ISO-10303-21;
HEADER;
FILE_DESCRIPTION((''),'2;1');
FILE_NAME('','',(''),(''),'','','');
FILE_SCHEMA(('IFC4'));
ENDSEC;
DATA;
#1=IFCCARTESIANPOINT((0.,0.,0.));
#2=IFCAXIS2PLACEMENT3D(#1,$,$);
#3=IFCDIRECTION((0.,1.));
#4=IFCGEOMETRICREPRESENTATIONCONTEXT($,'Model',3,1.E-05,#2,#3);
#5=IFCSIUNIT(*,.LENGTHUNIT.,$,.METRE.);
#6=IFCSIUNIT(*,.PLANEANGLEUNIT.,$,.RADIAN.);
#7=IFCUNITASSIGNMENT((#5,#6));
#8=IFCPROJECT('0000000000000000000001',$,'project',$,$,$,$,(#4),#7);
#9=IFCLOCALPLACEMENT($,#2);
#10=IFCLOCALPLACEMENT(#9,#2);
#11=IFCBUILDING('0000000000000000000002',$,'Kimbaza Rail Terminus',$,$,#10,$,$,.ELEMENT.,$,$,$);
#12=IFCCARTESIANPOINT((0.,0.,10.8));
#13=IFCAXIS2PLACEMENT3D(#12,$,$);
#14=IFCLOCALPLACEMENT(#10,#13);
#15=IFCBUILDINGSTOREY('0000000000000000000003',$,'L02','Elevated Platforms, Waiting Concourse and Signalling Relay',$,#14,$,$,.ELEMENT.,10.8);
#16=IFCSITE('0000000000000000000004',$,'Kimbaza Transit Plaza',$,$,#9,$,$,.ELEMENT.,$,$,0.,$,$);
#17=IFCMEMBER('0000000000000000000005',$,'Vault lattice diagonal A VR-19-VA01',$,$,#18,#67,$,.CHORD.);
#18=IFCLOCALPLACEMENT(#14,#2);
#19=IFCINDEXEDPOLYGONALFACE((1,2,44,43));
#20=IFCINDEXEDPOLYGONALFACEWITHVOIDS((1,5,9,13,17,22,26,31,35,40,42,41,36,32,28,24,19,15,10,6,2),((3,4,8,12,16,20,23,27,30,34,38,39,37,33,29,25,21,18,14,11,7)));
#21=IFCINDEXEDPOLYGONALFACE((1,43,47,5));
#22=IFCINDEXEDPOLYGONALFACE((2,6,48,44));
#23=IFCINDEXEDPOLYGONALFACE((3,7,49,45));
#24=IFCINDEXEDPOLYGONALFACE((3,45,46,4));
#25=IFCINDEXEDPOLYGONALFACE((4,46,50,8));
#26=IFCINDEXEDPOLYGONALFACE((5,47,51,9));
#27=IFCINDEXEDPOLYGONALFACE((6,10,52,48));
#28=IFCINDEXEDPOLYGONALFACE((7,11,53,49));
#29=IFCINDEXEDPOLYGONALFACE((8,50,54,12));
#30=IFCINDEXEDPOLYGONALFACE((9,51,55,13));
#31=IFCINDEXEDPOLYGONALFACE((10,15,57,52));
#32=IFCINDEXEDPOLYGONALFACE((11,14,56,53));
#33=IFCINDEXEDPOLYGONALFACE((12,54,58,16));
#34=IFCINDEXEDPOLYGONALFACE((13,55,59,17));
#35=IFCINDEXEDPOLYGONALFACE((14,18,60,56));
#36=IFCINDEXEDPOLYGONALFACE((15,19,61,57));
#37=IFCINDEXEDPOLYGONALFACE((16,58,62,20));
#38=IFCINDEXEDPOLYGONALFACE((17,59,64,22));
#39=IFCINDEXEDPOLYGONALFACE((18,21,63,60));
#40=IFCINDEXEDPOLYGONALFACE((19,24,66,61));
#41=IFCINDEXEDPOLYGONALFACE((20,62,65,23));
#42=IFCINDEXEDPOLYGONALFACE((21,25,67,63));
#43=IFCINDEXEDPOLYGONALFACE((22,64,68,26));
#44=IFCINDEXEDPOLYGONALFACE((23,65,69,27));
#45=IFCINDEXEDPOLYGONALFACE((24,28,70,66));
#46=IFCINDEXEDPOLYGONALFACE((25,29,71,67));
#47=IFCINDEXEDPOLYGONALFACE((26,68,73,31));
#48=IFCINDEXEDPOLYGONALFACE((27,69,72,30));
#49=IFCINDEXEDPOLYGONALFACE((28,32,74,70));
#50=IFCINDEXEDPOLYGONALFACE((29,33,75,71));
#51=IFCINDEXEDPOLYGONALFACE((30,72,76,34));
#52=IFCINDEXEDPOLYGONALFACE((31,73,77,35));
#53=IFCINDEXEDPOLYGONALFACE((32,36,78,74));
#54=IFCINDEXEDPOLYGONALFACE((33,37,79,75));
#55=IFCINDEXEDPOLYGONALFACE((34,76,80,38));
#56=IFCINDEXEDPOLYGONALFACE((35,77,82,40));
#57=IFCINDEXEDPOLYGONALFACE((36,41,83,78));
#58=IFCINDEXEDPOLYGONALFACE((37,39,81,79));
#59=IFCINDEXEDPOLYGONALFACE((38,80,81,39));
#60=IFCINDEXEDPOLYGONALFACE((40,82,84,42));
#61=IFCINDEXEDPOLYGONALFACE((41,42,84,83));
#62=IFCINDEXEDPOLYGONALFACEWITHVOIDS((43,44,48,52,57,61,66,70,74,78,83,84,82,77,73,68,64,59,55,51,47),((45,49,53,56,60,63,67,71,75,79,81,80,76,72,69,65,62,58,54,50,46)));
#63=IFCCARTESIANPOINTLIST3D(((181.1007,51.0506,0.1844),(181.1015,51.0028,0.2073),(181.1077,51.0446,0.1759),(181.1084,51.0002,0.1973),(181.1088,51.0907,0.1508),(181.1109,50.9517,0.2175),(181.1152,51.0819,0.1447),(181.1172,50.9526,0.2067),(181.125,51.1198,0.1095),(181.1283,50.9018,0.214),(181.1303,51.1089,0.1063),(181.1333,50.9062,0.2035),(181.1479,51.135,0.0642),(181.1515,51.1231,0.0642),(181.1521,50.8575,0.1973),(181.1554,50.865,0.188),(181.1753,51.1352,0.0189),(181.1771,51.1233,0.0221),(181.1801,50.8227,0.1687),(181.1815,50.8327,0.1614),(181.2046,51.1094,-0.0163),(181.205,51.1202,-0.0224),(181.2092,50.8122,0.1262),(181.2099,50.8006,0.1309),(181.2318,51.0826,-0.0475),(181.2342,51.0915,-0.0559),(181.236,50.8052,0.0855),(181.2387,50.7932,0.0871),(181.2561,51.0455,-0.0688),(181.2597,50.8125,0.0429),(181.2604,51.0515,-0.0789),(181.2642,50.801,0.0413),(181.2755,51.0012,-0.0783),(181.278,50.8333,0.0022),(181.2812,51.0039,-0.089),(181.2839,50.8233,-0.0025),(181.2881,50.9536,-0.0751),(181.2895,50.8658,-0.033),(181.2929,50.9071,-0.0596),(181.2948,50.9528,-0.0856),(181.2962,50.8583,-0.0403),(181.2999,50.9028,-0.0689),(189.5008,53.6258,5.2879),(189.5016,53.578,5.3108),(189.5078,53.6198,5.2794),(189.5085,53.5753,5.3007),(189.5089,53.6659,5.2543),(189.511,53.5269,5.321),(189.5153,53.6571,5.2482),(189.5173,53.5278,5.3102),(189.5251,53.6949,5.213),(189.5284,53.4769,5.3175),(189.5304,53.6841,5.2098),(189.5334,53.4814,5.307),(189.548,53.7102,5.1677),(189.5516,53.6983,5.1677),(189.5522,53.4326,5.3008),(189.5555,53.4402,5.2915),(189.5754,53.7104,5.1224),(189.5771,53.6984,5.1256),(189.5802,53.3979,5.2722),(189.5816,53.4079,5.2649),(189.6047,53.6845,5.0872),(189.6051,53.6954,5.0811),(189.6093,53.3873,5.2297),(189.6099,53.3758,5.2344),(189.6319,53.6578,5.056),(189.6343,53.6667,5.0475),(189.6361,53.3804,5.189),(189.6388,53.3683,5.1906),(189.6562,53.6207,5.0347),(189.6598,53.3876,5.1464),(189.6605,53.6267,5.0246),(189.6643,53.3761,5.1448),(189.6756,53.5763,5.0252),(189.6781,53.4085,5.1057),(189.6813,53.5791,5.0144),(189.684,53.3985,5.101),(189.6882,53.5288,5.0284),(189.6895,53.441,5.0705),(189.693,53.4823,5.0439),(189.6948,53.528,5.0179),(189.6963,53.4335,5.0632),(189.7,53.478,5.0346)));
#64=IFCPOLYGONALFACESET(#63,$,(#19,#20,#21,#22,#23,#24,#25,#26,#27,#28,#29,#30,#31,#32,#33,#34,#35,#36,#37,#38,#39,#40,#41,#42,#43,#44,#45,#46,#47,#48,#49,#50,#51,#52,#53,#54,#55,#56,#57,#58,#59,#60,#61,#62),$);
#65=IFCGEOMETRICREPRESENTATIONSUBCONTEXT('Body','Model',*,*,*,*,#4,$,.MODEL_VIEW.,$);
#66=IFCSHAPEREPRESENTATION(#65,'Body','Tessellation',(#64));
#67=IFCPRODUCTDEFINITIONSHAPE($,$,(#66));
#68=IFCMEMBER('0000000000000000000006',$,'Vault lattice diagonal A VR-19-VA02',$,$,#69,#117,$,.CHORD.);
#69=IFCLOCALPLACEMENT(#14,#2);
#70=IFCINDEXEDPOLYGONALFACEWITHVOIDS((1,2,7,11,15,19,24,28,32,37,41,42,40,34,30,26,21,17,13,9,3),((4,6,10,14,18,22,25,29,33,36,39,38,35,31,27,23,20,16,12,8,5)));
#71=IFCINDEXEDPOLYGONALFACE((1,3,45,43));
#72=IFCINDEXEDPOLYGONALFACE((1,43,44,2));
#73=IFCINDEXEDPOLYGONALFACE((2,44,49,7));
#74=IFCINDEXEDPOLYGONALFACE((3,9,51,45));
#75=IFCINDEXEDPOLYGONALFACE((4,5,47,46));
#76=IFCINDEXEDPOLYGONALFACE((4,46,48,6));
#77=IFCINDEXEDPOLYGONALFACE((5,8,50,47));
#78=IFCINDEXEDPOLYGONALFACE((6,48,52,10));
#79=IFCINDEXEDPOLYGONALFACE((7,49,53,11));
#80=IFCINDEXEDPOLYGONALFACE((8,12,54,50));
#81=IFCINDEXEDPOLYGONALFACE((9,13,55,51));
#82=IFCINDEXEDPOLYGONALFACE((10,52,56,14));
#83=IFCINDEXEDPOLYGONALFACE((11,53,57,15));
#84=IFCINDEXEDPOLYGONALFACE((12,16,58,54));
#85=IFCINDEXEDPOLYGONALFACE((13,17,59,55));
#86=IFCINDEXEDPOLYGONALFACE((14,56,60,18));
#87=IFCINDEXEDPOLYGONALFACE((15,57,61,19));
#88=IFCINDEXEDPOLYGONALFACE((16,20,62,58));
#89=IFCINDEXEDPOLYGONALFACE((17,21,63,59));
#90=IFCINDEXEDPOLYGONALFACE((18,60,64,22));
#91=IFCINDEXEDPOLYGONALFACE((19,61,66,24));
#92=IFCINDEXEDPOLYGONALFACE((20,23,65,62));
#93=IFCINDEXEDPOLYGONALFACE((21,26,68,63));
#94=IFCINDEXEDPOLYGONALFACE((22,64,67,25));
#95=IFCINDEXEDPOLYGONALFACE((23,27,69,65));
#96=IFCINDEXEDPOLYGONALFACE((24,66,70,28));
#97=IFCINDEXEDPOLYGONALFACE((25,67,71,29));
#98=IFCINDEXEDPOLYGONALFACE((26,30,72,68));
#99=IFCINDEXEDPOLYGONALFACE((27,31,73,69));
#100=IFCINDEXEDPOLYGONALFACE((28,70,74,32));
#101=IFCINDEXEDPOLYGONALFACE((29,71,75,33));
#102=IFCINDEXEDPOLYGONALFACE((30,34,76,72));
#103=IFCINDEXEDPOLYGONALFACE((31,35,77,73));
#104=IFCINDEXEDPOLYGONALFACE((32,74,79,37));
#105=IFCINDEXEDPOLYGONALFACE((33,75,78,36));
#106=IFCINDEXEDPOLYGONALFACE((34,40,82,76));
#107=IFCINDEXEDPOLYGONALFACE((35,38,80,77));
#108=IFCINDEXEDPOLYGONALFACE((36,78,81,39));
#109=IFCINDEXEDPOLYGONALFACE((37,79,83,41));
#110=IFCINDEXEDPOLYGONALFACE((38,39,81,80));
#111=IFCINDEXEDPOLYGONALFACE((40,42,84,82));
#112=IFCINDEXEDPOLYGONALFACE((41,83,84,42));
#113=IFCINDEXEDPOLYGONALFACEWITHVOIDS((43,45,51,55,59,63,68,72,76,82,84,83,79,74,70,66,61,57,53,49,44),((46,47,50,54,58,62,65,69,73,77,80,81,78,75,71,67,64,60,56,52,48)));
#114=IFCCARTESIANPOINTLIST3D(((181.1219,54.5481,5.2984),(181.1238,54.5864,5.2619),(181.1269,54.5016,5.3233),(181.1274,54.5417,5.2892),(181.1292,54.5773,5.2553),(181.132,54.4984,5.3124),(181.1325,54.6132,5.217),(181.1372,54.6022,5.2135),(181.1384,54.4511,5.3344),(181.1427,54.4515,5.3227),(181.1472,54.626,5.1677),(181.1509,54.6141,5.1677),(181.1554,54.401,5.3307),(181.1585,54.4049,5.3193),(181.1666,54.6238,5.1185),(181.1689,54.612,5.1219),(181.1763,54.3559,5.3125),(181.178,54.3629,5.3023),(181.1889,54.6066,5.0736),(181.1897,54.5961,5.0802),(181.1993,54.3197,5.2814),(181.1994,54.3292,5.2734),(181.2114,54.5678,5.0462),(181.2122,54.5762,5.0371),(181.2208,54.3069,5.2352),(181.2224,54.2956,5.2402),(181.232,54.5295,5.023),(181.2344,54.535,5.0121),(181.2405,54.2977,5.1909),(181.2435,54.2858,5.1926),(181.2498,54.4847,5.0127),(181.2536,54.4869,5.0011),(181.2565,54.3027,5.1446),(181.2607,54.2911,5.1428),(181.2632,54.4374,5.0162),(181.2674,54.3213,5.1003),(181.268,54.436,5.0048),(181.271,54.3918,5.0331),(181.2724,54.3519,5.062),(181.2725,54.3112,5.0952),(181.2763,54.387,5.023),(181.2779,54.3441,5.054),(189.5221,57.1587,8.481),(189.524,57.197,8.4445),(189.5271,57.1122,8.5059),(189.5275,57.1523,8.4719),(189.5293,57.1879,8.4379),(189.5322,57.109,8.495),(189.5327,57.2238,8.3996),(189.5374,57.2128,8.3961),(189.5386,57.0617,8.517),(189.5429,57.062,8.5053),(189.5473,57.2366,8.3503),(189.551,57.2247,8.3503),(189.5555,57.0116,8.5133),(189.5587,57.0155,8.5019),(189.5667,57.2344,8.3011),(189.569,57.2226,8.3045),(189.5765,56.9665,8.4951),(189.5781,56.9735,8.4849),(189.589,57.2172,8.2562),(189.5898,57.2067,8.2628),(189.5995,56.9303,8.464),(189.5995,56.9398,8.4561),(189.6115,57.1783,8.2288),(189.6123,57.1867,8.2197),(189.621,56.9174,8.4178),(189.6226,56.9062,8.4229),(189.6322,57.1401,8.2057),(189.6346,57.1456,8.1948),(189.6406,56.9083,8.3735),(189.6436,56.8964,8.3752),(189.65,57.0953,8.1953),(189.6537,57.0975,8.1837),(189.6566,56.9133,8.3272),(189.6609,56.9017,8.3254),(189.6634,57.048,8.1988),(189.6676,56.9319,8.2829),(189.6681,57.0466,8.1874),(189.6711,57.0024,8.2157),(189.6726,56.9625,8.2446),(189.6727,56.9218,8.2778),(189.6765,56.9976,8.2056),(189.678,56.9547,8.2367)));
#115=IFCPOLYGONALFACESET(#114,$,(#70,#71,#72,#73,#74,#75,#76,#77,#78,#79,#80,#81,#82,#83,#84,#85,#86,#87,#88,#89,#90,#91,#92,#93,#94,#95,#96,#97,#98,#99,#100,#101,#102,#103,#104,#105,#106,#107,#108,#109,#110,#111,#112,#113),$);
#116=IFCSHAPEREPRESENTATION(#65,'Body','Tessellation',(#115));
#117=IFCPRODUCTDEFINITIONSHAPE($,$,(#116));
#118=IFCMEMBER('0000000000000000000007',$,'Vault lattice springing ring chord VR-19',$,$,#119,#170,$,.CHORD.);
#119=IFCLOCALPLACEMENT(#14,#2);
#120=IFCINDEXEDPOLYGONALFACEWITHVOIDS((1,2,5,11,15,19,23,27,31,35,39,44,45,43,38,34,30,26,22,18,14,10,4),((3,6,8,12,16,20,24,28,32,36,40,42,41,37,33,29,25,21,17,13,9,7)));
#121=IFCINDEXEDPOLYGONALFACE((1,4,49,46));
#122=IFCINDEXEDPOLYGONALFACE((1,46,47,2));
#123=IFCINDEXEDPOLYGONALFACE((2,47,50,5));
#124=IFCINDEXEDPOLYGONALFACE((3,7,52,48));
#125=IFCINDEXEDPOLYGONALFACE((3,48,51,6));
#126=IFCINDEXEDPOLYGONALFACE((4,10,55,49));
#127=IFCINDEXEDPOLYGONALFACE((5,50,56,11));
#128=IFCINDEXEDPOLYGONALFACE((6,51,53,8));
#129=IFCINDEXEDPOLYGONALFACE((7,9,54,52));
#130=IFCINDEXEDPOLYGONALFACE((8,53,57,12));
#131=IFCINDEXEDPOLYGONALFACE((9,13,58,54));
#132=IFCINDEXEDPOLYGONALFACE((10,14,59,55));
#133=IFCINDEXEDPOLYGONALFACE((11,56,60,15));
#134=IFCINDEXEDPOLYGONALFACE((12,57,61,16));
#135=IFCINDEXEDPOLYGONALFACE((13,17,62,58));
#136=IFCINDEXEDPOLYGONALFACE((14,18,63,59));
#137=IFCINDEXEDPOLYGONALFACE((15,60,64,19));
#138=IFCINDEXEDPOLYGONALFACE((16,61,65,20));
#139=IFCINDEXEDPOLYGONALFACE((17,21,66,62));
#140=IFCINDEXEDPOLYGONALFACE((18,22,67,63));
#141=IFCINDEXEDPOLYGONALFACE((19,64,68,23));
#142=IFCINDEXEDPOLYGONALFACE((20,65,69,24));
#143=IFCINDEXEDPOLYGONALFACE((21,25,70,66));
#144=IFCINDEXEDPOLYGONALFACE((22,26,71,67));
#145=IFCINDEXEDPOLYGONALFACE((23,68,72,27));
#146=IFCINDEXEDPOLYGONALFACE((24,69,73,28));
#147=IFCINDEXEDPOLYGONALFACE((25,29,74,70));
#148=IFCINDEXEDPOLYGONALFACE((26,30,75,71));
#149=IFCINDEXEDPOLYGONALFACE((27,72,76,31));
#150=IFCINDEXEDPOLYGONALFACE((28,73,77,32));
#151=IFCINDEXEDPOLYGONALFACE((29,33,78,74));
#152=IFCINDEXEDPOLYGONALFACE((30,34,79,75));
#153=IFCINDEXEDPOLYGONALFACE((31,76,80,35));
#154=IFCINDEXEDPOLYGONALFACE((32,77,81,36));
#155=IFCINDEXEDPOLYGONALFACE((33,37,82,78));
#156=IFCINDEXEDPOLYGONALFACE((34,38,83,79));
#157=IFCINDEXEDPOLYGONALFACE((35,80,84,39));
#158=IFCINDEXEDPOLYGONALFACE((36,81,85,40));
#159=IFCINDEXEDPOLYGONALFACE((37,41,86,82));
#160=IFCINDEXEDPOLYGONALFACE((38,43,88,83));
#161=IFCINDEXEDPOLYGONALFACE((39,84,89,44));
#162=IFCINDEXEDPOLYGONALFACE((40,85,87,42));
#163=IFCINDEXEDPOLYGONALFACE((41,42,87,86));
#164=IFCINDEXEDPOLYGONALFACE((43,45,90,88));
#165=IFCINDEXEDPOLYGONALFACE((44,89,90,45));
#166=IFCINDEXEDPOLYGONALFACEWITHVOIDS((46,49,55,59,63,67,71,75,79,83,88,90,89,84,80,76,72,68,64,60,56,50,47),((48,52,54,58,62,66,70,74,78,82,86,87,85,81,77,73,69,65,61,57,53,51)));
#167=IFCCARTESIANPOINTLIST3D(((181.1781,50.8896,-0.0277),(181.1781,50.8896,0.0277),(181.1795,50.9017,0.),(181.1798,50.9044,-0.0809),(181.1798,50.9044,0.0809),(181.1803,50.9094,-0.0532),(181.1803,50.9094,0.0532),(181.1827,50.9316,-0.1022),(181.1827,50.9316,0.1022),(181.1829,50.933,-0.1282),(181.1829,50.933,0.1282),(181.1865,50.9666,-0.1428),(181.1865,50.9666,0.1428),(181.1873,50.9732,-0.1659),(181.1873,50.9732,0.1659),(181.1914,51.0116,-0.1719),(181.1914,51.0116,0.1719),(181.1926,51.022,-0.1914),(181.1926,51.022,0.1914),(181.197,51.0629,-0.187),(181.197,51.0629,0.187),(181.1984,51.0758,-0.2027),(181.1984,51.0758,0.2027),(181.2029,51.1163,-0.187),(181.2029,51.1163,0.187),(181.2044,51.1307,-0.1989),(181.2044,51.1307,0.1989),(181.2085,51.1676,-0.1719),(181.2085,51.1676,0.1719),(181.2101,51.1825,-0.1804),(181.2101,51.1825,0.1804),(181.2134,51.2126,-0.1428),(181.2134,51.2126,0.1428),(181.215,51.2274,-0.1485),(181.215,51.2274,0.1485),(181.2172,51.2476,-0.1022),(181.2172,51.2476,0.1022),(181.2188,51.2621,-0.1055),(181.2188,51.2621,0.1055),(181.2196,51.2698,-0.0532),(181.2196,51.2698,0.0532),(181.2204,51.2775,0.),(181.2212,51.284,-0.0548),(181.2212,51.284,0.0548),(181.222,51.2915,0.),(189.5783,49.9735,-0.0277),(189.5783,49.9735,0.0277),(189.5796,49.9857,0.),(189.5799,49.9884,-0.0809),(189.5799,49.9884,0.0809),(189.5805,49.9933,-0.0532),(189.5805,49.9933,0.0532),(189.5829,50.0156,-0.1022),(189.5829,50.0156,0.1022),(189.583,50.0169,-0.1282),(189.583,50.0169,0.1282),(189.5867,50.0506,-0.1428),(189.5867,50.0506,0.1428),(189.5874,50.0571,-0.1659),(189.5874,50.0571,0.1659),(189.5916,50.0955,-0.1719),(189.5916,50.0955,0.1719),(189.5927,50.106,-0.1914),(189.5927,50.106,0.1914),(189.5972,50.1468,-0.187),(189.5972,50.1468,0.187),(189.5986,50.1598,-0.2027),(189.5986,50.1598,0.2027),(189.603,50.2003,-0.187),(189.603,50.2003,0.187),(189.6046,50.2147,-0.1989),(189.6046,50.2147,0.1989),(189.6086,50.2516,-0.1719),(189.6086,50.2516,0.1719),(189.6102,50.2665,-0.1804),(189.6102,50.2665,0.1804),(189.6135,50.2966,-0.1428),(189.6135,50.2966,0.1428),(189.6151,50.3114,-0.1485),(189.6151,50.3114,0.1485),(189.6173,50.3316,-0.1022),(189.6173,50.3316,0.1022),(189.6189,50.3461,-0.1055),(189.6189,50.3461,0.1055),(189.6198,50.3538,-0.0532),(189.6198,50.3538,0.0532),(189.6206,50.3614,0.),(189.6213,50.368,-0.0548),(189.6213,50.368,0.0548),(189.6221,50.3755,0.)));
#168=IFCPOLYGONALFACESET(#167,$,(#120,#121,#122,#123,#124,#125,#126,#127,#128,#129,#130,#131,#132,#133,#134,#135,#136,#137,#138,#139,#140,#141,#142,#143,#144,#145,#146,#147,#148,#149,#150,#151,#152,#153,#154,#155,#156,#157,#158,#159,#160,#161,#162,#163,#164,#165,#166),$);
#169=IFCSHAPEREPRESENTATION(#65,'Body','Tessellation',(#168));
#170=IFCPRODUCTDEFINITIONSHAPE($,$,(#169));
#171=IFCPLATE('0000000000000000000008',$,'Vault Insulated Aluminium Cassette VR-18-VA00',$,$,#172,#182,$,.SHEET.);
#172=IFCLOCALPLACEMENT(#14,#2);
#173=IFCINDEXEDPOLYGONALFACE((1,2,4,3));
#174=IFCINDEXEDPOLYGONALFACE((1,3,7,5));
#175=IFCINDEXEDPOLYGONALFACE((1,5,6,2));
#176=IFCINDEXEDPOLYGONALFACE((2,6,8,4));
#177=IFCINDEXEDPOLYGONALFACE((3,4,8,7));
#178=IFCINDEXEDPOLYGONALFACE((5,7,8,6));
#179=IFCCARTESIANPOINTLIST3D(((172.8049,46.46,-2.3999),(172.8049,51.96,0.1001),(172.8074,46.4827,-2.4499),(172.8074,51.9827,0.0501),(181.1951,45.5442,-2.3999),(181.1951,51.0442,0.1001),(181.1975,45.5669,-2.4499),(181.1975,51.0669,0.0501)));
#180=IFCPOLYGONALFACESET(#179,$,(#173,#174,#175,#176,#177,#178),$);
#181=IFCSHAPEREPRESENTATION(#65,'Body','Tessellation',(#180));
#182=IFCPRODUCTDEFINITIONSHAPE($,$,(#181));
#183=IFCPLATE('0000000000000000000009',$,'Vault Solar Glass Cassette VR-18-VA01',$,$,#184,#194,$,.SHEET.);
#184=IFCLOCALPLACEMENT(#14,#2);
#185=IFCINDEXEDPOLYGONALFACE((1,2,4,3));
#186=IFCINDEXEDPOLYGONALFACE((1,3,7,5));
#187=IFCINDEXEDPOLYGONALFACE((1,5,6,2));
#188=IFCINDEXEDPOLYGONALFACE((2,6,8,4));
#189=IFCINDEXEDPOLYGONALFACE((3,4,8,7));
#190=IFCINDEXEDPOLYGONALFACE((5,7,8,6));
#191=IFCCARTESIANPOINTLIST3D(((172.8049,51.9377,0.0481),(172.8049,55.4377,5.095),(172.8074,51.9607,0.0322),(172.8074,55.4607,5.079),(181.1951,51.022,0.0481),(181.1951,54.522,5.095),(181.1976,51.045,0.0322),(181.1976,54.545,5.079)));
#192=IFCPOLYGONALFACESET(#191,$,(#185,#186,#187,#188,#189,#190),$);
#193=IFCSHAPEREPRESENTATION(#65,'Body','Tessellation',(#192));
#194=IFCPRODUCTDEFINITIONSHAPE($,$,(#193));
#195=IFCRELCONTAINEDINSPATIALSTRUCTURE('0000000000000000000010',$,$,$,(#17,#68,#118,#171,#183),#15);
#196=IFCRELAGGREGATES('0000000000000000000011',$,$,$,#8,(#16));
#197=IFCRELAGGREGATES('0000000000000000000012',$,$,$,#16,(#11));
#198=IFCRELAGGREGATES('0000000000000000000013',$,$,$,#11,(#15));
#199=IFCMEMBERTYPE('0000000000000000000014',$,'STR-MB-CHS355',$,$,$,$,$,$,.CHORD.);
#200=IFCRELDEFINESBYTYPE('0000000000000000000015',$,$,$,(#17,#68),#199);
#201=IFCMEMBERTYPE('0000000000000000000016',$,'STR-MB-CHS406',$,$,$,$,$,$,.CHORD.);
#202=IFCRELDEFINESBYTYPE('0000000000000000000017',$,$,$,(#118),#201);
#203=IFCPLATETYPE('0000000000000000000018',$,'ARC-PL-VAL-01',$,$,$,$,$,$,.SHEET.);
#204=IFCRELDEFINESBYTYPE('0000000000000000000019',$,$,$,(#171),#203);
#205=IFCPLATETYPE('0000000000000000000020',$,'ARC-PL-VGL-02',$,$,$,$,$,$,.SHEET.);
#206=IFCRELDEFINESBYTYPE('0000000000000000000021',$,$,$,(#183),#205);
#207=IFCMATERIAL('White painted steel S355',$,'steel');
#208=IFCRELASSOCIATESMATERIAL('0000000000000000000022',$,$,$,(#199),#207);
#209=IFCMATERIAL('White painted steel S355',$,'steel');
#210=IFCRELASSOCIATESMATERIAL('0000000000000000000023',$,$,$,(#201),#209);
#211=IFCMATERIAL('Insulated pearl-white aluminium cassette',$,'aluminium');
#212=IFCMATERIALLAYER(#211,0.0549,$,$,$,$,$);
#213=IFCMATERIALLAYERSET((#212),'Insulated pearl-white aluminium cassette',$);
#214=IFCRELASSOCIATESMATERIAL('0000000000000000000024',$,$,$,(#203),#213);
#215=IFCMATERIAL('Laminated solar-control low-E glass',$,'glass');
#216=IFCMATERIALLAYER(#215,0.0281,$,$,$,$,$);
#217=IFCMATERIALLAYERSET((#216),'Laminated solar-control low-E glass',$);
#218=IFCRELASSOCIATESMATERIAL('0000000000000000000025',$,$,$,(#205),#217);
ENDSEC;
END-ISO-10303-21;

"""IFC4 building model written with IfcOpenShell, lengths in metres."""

from ifc_helpers import new_model, si_unit, direction, frame, origin, origin_2d, place, context, subcontext, project, spatial, polyline, hollow_circle, outline, extrude, material, layer, layer_set, material_profile, profile_set, type_object, element, save


model = new_model("IFC4")

# Units and contexts
model_context = context("Model", 3, precision=1e-05, world=origin(), true_north=direction((0.0, 1.0)))
body_context = subcontext(model_context, "Body", "Model", "MODEL_VIEW")
ifc_project = project(units=[si_unit("LENGTHUNIT", "METRE"), si_unit("PLANEANGLEUNIT", "RADIAN")], contexts=[model_context])

# Site, building, storey
site_placement = place(None, origin())
site = spatial("IfcSite", under=ifc_project, at=site_placement, Name="Kimbaza Transit Plaza", CompositionType="ELEMENT", RefElevation=0.0)
building_placement = place(site_placement, origin())
building = spatial("IfcBuilding", under=site, at=building_placement, Name="Kimbaza Rail Terminus", CompositionType="ELEMENT")
storey_placement = place(building_placement, frame((0.0, 0.0, 10.8)))
storey = spatial("IfcBuildingStorey", under=building, at=storey_placement, Name="L02", Description="Elevated Platforms, Waiting Concourse and Signalling Relay", CompositionType="ELEMENT", Elevation=10.8)

# Members
ifc_material_1 = material(Name="White painted steel S355", Category="steel")
ifc_material_profile_1 = material_profile(ifc_material_1, hollow_circle(Radius=0.1777, WallThickness=0.0125, at=origin_2d()), Name="CHS 355.6x12.5")
ifc_profile_set_1 = profile_set([ifc_material_profile_1], Name="White painted steel S355")
member_type_1 = type_object("IfcMemberType", Name="STR-MB-CHS355", PredefinedType="CHORD", material=ifc_profile_set_1)
member_1_placement = place(storey_placement, frame((181.2, 50.9651, 0.0642), z_axis=(0.826729, 0.253446, 0.50228), x_axis=(-0.293102, 0.956081, 0.0)))
element("IfcMember", 1, at=member_1_placement, inside=storey, type_object=member_type_1, Name="Vault lattice diagonal A VR-19-VA01", PredefinedType="CHORD", context=body_context, shape_type="SweptSolid", body=[
    extrude(hollow_circle(Radius=0.1777, WallThickness=0.0125, at=origin_2d()), origin(), (0.0, 0.0, 1.0), 10.1606),
])
member_2_placement = place(storey_placement, frame((181.2, 54.4563, 5.1677), z_axis=(0.897979, 0.279074, 0.340223), x_axis=(-0.296778, 0.954946, 0.0)))
element("IfcMember", 2, at=member_2_placement, inside=storey, type_object=member_type_1, Name="Vault lattice diagonal A VR-19-VA02", PredefinedType="CHORD", context=body_context, shape_type="SweptSolid", body=[
    extrude(hollow_circle(Radius=0.1777, WallThickness=0.0125, at=origin_2d()), origin(), (0.0, 0.0, 1.0), 9.3545),
])
ifc_material_2 = material(Name="White painted steel S355", Category="steel")
ifc_material_profile_2 = material_profile(ifc_material_2, hollow_circle(Radius=0.2031, WallThickness=0.0142, at=origin_2d()), Name="CHS 406.4x14.2")
ifc_profile_set_2 = profile_set([ifc_material_profile_2], Name="White painted steel S355")
member_type_2 = type_object("IfcMemberType", Name="STR-MB-CHS406", PredefinedType="CHORD", material=ifc_profile_set_2)
member_3_placement = place(storey_placement, frame((181.2, 51.0896, 0.0), z_axis=(0.994107, -0.108405, 0.0), x_axis=(0.108405, 0.994107, 0.0)))
element("IfcMember", 3, at=member_3_placement, inside=storey, type_object=member_type_2, Name="Vault lattice springing ring chord VR-19", PredefinedType="CHORD", context=body_context, shape_type="SweptSolid", body=[
    extrude(hollow_circle(Radius=0.2031, WallThickness=0.0142, at=origin_2d()), origin(), (0.0, 0.0, 1.0), 8.45),
])

# Plates
ifc_material_3 = material(Name="Insulated pearl-white aluminium cassette", Category="aluminium")
ifc_layer_1 = layer(ifc_material_3, 0.0549)
ifc_layer_set_1 = layer_set([ifc_layer_1], Name="Insulated pearl-white aluminium cassette")
plate_type_1 = type_object("IfcPlateType", Name="ARC-PL-VAL-01", PredefinedType="SHEET", material=ifc_layer_set_1)
plate_1_placement = place(storey_placement, frame((172.8049, 46.46, -2.3999), z_axis=(-0.04512, -0.413382, 0.909439), x_axis=(0.994096, -0.108504, 0.0)))
element("IfcPlate", 4, at=plate_1_placement, inside=storey, type_object=plate_type_1, Name="Vault Insulated Aluminium Cassette VR-18-VA00", PredefinedType="SHEET", context=body_context, shape_type="SweptSolid", body=[
    extrude(outline(polyline([(0.0, 0.0), (8.44, 0.0), (7.8432, 6.012), (-0.5968, 6.012), (0.0, 0.0)])), origin(), (0.0, 0.0, -1.0), 0.0549),
])
ifc_material_4 = material(Name="Laminated solar-control low-E glass", Category="glass")
ifc_layer_2 = layer(ifc_material_4, 0.0281)
ifc_layer_set_2 = layer_set([ifc_layer_2], Name="Laminated solar-control low-E glass")
plate_type_2 = type_object("IfcPlateType", Name="ARC-PL-VGL-02", PredefinedType="SHEET", material=ifc_layer_set_2)
plate_2_placement = place(storey_placement, frame((172.8049, 51.9377, 0.0481), z_axis=(-0.089332, -0.818449, 0.567593), x_axis=(0.994096, -0.108504, 0.0)))
element("IfcPlate", 5, at=plate_2_placement, inside=storey, type_object=plate_type_2, Name="Vault Solar Glass Cassette VR-18-VA01", PredefinedType="SHEET", context=body_context, shape_type="SweptSolid", body=[
    extrude(outline(polyline([(0.0, 0.0), (8.44, 0.0), (8.0602, 6.13), (-0.3798, 6.13), (0.0, 0.0)])), origin(), (0.0, 0.0, -1.0), 0.0281),
])

save(model, "model.ifc")
